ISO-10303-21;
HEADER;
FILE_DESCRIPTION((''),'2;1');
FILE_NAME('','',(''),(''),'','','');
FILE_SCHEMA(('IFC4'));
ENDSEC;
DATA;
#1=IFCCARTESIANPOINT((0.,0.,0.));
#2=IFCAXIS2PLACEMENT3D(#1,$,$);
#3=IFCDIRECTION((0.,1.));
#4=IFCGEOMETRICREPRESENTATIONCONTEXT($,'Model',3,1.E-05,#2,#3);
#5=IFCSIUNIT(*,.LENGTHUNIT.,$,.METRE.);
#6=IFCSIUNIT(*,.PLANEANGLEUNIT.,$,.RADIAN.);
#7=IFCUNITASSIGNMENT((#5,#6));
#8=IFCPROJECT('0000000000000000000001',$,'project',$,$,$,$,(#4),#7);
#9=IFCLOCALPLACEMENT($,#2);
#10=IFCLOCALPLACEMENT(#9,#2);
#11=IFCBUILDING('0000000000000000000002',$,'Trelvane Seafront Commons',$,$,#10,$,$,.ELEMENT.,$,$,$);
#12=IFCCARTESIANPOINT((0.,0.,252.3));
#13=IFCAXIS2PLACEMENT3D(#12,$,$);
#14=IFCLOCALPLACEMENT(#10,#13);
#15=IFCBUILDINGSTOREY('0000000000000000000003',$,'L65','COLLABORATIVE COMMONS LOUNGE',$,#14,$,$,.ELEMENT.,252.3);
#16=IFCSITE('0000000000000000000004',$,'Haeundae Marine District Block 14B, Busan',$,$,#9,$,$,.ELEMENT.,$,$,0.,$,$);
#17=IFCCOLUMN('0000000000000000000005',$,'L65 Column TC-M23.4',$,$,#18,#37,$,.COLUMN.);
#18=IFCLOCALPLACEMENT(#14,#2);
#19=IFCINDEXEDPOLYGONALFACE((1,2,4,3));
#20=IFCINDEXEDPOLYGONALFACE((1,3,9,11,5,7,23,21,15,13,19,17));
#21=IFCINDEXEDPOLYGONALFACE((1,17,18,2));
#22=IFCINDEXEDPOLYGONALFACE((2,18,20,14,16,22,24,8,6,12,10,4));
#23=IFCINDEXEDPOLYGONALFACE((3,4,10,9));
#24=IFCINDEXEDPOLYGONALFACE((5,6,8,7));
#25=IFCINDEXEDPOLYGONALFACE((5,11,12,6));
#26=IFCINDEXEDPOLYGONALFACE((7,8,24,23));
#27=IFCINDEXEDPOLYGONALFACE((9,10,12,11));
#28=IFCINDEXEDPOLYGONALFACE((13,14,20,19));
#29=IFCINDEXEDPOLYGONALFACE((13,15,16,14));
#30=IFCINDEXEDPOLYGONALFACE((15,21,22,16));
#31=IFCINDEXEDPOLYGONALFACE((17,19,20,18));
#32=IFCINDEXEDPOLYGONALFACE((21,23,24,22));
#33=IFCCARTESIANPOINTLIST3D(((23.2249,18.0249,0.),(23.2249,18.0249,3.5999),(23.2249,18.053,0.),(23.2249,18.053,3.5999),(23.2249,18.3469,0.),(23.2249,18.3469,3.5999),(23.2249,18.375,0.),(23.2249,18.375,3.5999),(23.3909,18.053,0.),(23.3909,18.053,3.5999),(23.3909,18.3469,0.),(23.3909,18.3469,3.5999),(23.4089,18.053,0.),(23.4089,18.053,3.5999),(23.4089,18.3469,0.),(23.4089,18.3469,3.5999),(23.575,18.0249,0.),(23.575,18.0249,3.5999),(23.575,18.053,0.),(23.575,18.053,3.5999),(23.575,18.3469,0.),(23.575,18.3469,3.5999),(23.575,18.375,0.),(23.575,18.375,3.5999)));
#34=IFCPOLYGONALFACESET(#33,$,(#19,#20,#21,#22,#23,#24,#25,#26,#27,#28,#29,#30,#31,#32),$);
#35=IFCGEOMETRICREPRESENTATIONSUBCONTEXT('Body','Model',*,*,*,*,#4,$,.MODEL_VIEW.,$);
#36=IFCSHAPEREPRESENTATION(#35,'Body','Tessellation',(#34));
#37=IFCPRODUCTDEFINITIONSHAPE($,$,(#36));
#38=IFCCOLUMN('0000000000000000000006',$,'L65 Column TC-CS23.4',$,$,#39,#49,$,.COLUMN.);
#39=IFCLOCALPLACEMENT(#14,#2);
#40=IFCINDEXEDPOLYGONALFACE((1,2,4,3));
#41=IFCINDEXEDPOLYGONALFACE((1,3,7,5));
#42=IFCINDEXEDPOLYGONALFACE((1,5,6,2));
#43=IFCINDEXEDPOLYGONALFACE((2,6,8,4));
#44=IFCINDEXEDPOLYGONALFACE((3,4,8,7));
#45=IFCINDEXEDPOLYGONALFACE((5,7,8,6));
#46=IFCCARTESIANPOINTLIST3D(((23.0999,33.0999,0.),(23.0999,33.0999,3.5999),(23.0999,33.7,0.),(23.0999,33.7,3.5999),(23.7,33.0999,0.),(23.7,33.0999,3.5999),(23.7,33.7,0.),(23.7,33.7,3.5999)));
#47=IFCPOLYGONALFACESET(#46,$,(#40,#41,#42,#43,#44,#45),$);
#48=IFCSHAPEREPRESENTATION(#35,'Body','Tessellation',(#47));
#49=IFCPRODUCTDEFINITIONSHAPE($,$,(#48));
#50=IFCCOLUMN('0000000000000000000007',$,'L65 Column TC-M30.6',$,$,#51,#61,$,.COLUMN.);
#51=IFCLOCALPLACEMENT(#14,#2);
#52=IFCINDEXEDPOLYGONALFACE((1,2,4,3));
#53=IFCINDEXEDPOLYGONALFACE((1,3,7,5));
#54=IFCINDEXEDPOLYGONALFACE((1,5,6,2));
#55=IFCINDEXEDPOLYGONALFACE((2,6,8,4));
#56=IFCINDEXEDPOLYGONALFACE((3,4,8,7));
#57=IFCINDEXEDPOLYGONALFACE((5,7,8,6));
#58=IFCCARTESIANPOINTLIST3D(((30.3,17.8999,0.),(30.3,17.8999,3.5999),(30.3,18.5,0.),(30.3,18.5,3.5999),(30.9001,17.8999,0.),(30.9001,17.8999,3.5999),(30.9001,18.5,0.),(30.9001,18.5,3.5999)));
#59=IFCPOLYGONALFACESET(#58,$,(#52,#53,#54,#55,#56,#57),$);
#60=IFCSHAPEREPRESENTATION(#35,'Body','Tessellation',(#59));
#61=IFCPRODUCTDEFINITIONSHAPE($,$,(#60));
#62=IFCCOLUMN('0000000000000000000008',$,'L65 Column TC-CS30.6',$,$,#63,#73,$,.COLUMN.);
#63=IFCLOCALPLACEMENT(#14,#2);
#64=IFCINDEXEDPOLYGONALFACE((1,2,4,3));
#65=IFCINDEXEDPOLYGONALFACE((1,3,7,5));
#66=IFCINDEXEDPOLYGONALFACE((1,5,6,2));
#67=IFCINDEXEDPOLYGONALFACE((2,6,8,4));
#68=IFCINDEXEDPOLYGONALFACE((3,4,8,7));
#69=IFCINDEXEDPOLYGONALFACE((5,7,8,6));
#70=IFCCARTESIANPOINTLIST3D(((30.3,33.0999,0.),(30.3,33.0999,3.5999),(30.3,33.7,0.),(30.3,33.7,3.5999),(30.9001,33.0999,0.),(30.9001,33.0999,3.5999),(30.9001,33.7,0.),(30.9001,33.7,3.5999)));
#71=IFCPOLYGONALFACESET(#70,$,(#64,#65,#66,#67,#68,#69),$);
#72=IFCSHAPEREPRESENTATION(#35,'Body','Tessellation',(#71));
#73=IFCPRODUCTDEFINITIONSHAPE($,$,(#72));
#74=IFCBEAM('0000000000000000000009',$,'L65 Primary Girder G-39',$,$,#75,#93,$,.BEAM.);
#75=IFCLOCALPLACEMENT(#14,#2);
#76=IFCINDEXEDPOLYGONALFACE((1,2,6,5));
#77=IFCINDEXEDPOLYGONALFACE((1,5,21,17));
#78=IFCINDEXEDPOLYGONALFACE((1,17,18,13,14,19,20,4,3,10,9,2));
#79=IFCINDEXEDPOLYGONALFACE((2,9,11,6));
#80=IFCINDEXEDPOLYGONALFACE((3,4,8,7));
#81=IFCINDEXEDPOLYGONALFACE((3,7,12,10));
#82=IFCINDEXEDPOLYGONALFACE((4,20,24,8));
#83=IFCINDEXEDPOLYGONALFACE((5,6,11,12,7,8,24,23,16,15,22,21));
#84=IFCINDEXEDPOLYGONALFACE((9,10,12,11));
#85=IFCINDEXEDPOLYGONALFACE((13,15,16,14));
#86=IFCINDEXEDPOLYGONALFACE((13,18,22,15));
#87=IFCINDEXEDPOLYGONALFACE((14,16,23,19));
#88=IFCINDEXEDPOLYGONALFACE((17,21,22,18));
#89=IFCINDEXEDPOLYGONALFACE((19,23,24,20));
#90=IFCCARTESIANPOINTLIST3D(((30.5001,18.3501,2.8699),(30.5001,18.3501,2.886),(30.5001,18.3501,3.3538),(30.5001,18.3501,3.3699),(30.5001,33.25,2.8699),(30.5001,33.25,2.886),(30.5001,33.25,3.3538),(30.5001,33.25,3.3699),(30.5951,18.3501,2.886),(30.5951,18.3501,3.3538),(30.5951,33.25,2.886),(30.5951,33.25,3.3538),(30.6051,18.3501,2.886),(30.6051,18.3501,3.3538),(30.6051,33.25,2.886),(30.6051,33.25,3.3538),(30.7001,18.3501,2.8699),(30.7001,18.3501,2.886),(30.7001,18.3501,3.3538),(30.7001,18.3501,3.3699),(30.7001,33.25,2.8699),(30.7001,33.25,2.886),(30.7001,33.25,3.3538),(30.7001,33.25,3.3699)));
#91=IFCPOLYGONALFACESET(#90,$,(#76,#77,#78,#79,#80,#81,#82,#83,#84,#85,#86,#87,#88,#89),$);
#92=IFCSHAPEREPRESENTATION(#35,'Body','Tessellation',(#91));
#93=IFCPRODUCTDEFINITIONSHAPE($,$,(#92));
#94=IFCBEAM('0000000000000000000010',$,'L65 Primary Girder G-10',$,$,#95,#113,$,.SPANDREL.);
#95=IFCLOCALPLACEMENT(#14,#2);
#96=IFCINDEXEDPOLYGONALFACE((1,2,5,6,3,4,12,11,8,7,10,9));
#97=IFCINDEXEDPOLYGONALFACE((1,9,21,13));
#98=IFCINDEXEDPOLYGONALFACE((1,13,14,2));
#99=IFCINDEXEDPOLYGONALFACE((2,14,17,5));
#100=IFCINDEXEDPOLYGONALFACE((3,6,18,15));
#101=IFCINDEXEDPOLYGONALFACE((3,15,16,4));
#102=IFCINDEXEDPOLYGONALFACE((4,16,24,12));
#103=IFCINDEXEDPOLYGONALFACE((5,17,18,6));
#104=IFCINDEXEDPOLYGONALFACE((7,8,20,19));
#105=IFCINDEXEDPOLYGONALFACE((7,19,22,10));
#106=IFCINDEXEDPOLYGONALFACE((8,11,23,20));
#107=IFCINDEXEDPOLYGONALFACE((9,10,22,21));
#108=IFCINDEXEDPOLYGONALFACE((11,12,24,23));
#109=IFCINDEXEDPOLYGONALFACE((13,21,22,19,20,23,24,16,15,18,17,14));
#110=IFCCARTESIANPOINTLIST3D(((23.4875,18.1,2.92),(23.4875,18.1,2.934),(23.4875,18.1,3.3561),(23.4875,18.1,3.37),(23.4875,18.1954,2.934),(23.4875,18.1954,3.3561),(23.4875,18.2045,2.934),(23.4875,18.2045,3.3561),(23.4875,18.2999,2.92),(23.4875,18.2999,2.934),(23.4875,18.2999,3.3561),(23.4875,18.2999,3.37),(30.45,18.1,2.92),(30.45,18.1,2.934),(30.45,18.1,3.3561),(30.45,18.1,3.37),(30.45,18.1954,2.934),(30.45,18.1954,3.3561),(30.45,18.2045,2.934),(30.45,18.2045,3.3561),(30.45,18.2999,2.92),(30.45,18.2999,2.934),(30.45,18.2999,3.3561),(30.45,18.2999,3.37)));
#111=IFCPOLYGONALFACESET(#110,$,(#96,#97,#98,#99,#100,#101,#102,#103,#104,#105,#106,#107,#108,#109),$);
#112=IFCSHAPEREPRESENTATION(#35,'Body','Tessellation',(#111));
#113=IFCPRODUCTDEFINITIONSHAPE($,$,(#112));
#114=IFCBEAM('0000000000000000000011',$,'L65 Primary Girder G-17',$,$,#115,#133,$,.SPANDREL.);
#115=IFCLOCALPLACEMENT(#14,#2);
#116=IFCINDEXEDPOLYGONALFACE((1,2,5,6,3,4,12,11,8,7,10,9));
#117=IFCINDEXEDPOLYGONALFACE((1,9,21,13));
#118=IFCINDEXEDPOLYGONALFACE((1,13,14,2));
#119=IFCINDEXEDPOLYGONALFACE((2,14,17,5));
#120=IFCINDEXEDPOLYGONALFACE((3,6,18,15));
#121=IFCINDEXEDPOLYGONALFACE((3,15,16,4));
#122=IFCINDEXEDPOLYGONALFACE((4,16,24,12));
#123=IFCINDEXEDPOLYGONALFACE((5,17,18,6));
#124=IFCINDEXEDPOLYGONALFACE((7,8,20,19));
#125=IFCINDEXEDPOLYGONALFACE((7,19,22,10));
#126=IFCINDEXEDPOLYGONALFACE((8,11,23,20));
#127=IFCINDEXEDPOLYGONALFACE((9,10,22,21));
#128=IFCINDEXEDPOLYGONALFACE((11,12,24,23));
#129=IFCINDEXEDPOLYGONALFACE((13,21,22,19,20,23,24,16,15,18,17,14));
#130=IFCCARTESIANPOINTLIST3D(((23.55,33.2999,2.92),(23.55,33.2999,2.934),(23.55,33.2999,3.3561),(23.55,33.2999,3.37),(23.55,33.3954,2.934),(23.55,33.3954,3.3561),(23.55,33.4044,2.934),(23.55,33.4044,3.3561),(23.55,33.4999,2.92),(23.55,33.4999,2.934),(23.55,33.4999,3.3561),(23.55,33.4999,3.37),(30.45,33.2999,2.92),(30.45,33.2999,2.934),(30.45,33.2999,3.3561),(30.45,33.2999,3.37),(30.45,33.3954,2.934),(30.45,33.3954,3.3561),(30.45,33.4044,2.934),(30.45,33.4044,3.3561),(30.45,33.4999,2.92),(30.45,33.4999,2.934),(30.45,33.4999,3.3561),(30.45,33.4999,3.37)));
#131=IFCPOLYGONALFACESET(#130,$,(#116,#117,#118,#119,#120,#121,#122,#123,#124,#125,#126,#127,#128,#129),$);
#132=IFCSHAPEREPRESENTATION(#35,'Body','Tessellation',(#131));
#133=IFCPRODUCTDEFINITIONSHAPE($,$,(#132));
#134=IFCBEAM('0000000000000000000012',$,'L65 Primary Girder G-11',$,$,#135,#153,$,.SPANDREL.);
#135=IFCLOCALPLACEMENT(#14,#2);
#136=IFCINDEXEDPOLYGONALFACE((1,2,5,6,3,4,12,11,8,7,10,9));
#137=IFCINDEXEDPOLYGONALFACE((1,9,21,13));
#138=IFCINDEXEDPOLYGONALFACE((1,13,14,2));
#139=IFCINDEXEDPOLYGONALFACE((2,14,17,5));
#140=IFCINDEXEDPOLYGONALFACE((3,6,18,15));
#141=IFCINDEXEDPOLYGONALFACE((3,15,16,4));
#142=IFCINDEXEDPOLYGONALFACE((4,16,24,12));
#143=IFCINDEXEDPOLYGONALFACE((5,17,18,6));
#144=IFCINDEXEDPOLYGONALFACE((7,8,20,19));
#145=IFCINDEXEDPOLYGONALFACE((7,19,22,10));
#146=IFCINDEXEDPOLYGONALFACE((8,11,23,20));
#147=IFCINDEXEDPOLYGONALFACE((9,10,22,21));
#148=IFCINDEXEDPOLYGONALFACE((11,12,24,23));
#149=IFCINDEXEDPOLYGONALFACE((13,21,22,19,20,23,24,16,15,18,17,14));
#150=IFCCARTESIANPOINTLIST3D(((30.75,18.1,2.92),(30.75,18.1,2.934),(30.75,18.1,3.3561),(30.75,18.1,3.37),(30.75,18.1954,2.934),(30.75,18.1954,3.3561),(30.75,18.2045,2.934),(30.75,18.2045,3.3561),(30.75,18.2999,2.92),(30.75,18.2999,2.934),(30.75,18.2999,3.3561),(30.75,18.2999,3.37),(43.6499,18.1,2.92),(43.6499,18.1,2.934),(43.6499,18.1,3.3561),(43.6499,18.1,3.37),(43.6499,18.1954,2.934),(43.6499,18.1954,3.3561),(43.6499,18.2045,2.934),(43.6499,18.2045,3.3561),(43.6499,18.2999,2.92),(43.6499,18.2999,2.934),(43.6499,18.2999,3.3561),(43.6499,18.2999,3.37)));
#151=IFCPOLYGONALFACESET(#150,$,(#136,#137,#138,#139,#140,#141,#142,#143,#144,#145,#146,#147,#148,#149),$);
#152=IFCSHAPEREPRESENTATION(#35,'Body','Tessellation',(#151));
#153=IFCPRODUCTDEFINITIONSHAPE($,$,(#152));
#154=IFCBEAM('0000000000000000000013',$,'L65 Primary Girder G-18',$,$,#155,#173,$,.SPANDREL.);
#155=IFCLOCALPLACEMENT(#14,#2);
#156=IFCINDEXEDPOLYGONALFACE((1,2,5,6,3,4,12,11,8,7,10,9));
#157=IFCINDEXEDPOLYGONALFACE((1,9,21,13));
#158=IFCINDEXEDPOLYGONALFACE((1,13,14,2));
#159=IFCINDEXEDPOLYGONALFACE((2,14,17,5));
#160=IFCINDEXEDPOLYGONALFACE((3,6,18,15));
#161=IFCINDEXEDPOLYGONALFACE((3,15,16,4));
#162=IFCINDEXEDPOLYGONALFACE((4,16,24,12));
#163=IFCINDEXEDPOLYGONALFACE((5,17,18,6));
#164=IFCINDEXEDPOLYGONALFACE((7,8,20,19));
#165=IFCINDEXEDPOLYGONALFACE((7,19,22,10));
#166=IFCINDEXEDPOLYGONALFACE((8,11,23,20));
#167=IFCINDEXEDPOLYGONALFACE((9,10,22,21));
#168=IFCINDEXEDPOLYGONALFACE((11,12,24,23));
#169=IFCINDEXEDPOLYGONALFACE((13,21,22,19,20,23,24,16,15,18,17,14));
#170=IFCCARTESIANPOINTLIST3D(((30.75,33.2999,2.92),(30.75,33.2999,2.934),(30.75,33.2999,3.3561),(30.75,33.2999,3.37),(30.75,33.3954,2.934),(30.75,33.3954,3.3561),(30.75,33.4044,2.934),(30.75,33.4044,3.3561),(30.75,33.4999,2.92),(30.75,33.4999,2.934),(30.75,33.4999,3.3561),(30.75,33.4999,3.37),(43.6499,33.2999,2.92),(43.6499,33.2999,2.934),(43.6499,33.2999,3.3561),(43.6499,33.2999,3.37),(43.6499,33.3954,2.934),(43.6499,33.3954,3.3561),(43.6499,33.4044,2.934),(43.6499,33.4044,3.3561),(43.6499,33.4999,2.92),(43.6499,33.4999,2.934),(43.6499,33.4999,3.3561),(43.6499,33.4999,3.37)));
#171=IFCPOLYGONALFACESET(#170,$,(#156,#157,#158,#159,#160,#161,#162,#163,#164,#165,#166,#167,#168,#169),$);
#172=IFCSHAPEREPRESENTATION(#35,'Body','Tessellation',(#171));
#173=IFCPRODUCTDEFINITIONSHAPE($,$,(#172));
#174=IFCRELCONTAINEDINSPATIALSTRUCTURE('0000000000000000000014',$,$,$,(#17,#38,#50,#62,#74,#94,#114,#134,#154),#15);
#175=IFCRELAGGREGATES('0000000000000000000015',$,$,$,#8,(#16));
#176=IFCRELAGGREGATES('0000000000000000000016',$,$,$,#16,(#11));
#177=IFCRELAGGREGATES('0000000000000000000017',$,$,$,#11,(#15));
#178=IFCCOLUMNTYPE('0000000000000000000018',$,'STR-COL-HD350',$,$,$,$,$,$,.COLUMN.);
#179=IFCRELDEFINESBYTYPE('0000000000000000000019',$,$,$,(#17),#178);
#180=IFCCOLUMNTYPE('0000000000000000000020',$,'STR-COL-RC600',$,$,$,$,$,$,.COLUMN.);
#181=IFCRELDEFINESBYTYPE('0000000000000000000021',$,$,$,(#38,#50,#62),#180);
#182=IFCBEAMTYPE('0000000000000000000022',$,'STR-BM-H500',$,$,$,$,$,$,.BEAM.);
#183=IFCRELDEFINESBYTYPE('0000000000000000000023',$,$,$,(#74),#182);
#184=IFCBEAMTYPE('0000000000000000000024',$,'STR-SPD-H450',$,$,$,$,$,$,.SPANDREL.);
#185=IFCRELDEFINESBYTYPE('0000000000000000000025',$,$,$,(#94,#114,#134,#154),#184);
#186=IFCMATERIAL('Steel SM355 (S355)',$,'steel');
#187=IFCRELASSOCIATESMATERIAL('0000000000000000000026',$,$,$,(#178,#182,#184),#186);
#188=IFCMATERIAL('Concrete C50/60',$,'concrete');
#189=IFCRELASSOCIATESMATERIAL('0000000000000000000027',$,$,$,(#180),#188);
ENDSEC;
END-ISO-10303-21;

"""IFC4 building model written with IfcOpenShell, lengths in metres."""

from ifc_helpers import new_model, si_unit, direction, frame, origin, origin_2d, place, context, subcontext, project, spatial, rectangle, i_section, extrude, source, transform, mapped, material, material_profile, profile_set, type_object, element, save


model = new_model("IFC4")

# Units and contexts
model_context = context("Model", 3, precision=1e-05, world=origin(), true_north=direction((0.0, 1.0)))
body_context = subcontext(model_context, "Body", "Model", "MODEL_VIEW")
ifc_project = project(units=[si_unit("LENGTHUNIT", "METRE"), si_unit("PLANEANGLEUNIT", "RADIAN")], contexts=[model_context])

# Site, building, storey
site_placement = place(None, origin())
site = spatial("IfcSite", under=ifc_project, at=site_placement, Name="Haeundae Marine District Block 14B, Busan", CompositionType="ELEMENT", RefElevation=0.0)
building_placement = place(site_placement, origin())
building = spatial("IfcBuilding", under=site, at=building_placement, Name="Trelvane Seafront Commons", CompositionType="ELEMENT")
storey_placement = place(building_placement, frame((0.0, 0.0, 252.3)))
storey = spatial("IfcBuildingStorey", under=building, at=storey_placement, Name="L65", Description="COLLABORATIVE COMMONS LOUNGE", CompositionType="ELEMENT", Elevation=252.3)

# Columns
ifc_material_1 = material(Name="Steel SM355 (S355)", Category="steel")
ifc_material_profile_1 = material_profile(ifc_material_1, i_section(OverallWidth=0.3501, OverallDepth=0.3501, WebThickness=0.0181, FlangeThickness=0.0281, at=origin_2d()), Name="HD-350x350x18x28")
ifc_profile_set_1 = profile_set([ifc_material_profile_1], Name="Steel SM355 (S355)")
column_type_1 = type_object("IfcColumnType", Name="STR-COL-HD350", PredefinedType="COLUMN", material=ifc_profile_set_1)
shared_shape_1 = source(origin(), body_context, "Body", "SweptSolid", [
    extrude(i_section(OverallWidth=0.3501, OverallDepth=0.3501, WebThickness=0.0181, FlangeThickness=0.0281, at=origin_2d()), origin(), (0.0, 0.0, 1.0), 3.5999),
])
column_placement = place(storey_placement, frame((23.3999, 18.2, 0.0), z_axis=(0.0, 0.0, 1.0), x_axis=(1.0, 0.0, 0.0)))
element("IfcColumn", 1, at=column_placement, inside=storey, type_object=column_type_1, Name="L65 Column TC-M23.4", PredefinedType="COLUMN", context=body_context, shape_type="MappedRepresentation", body=[
    mapped(shared_shape_1, transform((0.0, 0.0, 0.0), x_axis=(1.0, 0.0, 0.0), y_axis=(0.0, 1.0, 0.0), z_axis=(0.0, 0.0, 1.0), scale=1.0)),
])
ifc_material_2 = material(Name="Concrete C50/60", Category="concrete")
ifc_material_profile_2 = material_profile(ifc_material_2, rectangle(XDim=0.6001, YDim=0.6001, at=origin_2d()), Name="RC-600x600")
ifc_profile_set_2 = profile_set([ifc_material_profile_2], Name="Concrete C50/60")
column_type_2 = type_object("IfcColumnType", Name="STR-COL-RC600", PredefinedType="COLUMN", material=ifc_profile_set_2)
shared_shape_2 = source(origin(), body_context, "Body", "SweptSolid", [
    extrude(rectangle(XDim=0.6001, YDim=0.6001, at=origin_2d()), origin(), (0.0, 0.0, 1.0), 3.5999),
])
for number, where, z_axis, x_axis, name in (
    (2, (23.3999, 33.3999, 0.0), (0.0, 0.0, 1.0), (1.0, 0.0, 0.0), "L65 Column TC-CS23.4"),
    (3, (30.6001, 18.2, 0.0), (0.0, 0.0, 1.0), (1.0, 0.0, 0.0), "L65 Column TC-M30.6"),
    (4, (30.6001, 33.3999, 0.0), (0.0, 0.0, 1.0), (1.0, 0.0, 0.0), "L65 Column TC-CS30.6"),
):
    element("IfcColumn", number, at=place(storey_placement, frame(where, z_axis=z_axis, x_axis=x_axis)), inside=storey, type_object=column_type_2, Name=name, PredefinedType="COLUMN", context=body_context, shape_type="MappedRepresentation", body=[
        mapped(shared_shape_2, transform((0.0, 0.0, 0.0), x_axis=(1.0, 0.0, 0.0), y_axis=(0.0, 1.0, 0.0), z_axis=(0.0, 0.0, 1.0), scale=1.0)),
    ])

# Beams
ifc_material_profile_3 = material_profile(ifc_material_1, i_section(OverallWidth=0.2, OverallDepth=0.5, WebThickness=0.01, FlangeThickness=0.0161, at=origin_2d()), Name="H-500x200x10x16")
ifc_profile_set_3 = profile_set([ifc_material_profile_3], Name="Steel SM355 (S355)")
beam_type_1 = type_object("IfcBeamType", Name="STR-BM-H500", PredefinedType="BEAM", material=ifc_profile_set_3)
shared_shape_3 = source(origin(), body_context, "Body", "SweptSolid", [
    extrude(i_section(OverallWidth=0.2, OverallDepth=0.5, WebThickness=0.01, FlangeThickness=0.0161, at=origin_2d()), origin(), (0.0, 0.0, 1.0), 14.8999),
])
beam_1_placement = place(storey_placement, frame((30.6001, 18.3501, 3.1199), z_axis=(0.0, 1.0, 0.0), x_axis=(-1.0, 0.0, 0.0)))
element("IfcBeam", 5, at=beam_1_placement, inside=storey, type_object=beam_type_1, Name="L65 Primary Girder G-39", PredefinedType="BEAM", context=body_context, shape_type="MappedRepresentation", body=[
    mapped(shared_shape_3, transform((0.0, 0.0, 0.0), x_axis=(1.0, 0.0, 0.0), y_axis=(0.0, 1.0, 0.0), z_axis=(0.0, 0.0, 1.0), scale=1.0)),
])
ifc_material_profile_4 = material_profile(ifc_material_1, i_section(OverallWidth=0.2, OverallDepth=0.45, WebThickness=0.009, FlangeThickness=0.0139, at=origin_2d()), Name="H-450x200x9x14")
ifc_profile_set_4 = profile_set([ifc_material_profile_4], Name="Steel SM355 (S355)")
beam_type_2 = type_object("IfcBeamType", Name="STR-SPD-H450", PredefinedType="SPANDREL", material=ifc_profile_set_4)
shared_shape_4 = source(origin(), body_context, "Body", "SweptSolid", [
    extrude(i_section(OverallWidth=0.2, OverallDepth=0.45, WebThickness=0.009, FlangeThickness=0.0139, at=origin_2d()), origin(), (0.0, 0.0, 1.0), 6.9624),
])
beam_2_placement = place(storey_placement, frame((23.4875, 18.2, 3.145), z_axis=(1.0, 0.0, 0.0), x_axis=(0.0, 1.0, 0.0)))
element("IfcBeam", 6, at=beam_2_placement, inside=storey, type_object=beam_type_2, Name="L65 Primary Girder G-10", PredefinedType="SPANDREL", context=body_context, shape_type="MappedRepresentation", body=[
    mapped(shared_shape_4, transform((0.0, 0.0, 0.0), x_axis=(1.0, 0.0, 0.0), y_axis=(0.0, 1.0, 0.0), z_axis=(0.0, 0.0, 1.0), scale=1.0)),
])
shared_shape_5 = source(origin(), body_context, "Body", "SweptSolid", [
    extrude(i_section(OverallWidth=0.2, OverallDepth=0.45, WebThickness=0.009, FlangeThickness=0.0139, at=origin_2d()), origin(), (0.0, 0.0, 1.0), 6.8999),
])
beam_3_placement = place(storey_placement, frame((23.55, 33.3999, 3.145), z_axis=(1.0, 0.0, 0.0), x_axis=(0.0, 1.0, 0.0)))
element("IfcBeam", 7, at=beam_3_placement, inside=storey, type_object=beam_type_2, Name="L65 Primary Girder G-17", PredefinedType="SPANDREL", context=body_context, shape_type="MappedRepresentation", body=[
    mapped(shared_shape_5, transform((0.0, 0.0, 0.0), x_axis=(1.0, 0.0, 0.0), y_axis=(0.0, 1.0, 0.0), z_axis=(0.0, 0.0, 1.0), scale=1.0)),
])
shared_shape_6 = source(origin(), body_context, "Body", "SweptSolid", [
    extrude(i_section(OverallWidth=0.2, OverallDepth=0.45, WebThickness=0.009, FlangeThickness=0.0139, at=origin_2d()), origin(), (0.0, 0.0, 1.0), 12.8999),
])
for number, where, z_axis, x_axis, name in (
    (8, (30.75, 18.2, 3.145), (1.0, 0.0, 0.0), (0.0, 1.0, 0.0), "L65 Primary Girder G-11"),
    (9, (30.75, 33.3999, 3.145), (1.0, 0.0, 0.0), (0.0, 1.0, 0.0), "L65 Primary Girder G-18"),
):
    element("IfcBeam", number, at=place(storey_placement, frame(where, z_axis=z_axis, x_axis=x_axis)), inside=storey, type_object=beam_type_2, Name=name, PredefinedType="SPANDREL", context=body_context, shape_type="MappedRepresentation", body=[
        mapped(shared_shape_6, transform((0.0, 0.0, 0.0), x_axis=(1.0, 0.0, 0.0), y_axis=(0.0, 1.0, 0.0), z_axis=(0.0, 0.0, 1.0), scale=1.0)),
    ])

save(model, "model.ifc")
